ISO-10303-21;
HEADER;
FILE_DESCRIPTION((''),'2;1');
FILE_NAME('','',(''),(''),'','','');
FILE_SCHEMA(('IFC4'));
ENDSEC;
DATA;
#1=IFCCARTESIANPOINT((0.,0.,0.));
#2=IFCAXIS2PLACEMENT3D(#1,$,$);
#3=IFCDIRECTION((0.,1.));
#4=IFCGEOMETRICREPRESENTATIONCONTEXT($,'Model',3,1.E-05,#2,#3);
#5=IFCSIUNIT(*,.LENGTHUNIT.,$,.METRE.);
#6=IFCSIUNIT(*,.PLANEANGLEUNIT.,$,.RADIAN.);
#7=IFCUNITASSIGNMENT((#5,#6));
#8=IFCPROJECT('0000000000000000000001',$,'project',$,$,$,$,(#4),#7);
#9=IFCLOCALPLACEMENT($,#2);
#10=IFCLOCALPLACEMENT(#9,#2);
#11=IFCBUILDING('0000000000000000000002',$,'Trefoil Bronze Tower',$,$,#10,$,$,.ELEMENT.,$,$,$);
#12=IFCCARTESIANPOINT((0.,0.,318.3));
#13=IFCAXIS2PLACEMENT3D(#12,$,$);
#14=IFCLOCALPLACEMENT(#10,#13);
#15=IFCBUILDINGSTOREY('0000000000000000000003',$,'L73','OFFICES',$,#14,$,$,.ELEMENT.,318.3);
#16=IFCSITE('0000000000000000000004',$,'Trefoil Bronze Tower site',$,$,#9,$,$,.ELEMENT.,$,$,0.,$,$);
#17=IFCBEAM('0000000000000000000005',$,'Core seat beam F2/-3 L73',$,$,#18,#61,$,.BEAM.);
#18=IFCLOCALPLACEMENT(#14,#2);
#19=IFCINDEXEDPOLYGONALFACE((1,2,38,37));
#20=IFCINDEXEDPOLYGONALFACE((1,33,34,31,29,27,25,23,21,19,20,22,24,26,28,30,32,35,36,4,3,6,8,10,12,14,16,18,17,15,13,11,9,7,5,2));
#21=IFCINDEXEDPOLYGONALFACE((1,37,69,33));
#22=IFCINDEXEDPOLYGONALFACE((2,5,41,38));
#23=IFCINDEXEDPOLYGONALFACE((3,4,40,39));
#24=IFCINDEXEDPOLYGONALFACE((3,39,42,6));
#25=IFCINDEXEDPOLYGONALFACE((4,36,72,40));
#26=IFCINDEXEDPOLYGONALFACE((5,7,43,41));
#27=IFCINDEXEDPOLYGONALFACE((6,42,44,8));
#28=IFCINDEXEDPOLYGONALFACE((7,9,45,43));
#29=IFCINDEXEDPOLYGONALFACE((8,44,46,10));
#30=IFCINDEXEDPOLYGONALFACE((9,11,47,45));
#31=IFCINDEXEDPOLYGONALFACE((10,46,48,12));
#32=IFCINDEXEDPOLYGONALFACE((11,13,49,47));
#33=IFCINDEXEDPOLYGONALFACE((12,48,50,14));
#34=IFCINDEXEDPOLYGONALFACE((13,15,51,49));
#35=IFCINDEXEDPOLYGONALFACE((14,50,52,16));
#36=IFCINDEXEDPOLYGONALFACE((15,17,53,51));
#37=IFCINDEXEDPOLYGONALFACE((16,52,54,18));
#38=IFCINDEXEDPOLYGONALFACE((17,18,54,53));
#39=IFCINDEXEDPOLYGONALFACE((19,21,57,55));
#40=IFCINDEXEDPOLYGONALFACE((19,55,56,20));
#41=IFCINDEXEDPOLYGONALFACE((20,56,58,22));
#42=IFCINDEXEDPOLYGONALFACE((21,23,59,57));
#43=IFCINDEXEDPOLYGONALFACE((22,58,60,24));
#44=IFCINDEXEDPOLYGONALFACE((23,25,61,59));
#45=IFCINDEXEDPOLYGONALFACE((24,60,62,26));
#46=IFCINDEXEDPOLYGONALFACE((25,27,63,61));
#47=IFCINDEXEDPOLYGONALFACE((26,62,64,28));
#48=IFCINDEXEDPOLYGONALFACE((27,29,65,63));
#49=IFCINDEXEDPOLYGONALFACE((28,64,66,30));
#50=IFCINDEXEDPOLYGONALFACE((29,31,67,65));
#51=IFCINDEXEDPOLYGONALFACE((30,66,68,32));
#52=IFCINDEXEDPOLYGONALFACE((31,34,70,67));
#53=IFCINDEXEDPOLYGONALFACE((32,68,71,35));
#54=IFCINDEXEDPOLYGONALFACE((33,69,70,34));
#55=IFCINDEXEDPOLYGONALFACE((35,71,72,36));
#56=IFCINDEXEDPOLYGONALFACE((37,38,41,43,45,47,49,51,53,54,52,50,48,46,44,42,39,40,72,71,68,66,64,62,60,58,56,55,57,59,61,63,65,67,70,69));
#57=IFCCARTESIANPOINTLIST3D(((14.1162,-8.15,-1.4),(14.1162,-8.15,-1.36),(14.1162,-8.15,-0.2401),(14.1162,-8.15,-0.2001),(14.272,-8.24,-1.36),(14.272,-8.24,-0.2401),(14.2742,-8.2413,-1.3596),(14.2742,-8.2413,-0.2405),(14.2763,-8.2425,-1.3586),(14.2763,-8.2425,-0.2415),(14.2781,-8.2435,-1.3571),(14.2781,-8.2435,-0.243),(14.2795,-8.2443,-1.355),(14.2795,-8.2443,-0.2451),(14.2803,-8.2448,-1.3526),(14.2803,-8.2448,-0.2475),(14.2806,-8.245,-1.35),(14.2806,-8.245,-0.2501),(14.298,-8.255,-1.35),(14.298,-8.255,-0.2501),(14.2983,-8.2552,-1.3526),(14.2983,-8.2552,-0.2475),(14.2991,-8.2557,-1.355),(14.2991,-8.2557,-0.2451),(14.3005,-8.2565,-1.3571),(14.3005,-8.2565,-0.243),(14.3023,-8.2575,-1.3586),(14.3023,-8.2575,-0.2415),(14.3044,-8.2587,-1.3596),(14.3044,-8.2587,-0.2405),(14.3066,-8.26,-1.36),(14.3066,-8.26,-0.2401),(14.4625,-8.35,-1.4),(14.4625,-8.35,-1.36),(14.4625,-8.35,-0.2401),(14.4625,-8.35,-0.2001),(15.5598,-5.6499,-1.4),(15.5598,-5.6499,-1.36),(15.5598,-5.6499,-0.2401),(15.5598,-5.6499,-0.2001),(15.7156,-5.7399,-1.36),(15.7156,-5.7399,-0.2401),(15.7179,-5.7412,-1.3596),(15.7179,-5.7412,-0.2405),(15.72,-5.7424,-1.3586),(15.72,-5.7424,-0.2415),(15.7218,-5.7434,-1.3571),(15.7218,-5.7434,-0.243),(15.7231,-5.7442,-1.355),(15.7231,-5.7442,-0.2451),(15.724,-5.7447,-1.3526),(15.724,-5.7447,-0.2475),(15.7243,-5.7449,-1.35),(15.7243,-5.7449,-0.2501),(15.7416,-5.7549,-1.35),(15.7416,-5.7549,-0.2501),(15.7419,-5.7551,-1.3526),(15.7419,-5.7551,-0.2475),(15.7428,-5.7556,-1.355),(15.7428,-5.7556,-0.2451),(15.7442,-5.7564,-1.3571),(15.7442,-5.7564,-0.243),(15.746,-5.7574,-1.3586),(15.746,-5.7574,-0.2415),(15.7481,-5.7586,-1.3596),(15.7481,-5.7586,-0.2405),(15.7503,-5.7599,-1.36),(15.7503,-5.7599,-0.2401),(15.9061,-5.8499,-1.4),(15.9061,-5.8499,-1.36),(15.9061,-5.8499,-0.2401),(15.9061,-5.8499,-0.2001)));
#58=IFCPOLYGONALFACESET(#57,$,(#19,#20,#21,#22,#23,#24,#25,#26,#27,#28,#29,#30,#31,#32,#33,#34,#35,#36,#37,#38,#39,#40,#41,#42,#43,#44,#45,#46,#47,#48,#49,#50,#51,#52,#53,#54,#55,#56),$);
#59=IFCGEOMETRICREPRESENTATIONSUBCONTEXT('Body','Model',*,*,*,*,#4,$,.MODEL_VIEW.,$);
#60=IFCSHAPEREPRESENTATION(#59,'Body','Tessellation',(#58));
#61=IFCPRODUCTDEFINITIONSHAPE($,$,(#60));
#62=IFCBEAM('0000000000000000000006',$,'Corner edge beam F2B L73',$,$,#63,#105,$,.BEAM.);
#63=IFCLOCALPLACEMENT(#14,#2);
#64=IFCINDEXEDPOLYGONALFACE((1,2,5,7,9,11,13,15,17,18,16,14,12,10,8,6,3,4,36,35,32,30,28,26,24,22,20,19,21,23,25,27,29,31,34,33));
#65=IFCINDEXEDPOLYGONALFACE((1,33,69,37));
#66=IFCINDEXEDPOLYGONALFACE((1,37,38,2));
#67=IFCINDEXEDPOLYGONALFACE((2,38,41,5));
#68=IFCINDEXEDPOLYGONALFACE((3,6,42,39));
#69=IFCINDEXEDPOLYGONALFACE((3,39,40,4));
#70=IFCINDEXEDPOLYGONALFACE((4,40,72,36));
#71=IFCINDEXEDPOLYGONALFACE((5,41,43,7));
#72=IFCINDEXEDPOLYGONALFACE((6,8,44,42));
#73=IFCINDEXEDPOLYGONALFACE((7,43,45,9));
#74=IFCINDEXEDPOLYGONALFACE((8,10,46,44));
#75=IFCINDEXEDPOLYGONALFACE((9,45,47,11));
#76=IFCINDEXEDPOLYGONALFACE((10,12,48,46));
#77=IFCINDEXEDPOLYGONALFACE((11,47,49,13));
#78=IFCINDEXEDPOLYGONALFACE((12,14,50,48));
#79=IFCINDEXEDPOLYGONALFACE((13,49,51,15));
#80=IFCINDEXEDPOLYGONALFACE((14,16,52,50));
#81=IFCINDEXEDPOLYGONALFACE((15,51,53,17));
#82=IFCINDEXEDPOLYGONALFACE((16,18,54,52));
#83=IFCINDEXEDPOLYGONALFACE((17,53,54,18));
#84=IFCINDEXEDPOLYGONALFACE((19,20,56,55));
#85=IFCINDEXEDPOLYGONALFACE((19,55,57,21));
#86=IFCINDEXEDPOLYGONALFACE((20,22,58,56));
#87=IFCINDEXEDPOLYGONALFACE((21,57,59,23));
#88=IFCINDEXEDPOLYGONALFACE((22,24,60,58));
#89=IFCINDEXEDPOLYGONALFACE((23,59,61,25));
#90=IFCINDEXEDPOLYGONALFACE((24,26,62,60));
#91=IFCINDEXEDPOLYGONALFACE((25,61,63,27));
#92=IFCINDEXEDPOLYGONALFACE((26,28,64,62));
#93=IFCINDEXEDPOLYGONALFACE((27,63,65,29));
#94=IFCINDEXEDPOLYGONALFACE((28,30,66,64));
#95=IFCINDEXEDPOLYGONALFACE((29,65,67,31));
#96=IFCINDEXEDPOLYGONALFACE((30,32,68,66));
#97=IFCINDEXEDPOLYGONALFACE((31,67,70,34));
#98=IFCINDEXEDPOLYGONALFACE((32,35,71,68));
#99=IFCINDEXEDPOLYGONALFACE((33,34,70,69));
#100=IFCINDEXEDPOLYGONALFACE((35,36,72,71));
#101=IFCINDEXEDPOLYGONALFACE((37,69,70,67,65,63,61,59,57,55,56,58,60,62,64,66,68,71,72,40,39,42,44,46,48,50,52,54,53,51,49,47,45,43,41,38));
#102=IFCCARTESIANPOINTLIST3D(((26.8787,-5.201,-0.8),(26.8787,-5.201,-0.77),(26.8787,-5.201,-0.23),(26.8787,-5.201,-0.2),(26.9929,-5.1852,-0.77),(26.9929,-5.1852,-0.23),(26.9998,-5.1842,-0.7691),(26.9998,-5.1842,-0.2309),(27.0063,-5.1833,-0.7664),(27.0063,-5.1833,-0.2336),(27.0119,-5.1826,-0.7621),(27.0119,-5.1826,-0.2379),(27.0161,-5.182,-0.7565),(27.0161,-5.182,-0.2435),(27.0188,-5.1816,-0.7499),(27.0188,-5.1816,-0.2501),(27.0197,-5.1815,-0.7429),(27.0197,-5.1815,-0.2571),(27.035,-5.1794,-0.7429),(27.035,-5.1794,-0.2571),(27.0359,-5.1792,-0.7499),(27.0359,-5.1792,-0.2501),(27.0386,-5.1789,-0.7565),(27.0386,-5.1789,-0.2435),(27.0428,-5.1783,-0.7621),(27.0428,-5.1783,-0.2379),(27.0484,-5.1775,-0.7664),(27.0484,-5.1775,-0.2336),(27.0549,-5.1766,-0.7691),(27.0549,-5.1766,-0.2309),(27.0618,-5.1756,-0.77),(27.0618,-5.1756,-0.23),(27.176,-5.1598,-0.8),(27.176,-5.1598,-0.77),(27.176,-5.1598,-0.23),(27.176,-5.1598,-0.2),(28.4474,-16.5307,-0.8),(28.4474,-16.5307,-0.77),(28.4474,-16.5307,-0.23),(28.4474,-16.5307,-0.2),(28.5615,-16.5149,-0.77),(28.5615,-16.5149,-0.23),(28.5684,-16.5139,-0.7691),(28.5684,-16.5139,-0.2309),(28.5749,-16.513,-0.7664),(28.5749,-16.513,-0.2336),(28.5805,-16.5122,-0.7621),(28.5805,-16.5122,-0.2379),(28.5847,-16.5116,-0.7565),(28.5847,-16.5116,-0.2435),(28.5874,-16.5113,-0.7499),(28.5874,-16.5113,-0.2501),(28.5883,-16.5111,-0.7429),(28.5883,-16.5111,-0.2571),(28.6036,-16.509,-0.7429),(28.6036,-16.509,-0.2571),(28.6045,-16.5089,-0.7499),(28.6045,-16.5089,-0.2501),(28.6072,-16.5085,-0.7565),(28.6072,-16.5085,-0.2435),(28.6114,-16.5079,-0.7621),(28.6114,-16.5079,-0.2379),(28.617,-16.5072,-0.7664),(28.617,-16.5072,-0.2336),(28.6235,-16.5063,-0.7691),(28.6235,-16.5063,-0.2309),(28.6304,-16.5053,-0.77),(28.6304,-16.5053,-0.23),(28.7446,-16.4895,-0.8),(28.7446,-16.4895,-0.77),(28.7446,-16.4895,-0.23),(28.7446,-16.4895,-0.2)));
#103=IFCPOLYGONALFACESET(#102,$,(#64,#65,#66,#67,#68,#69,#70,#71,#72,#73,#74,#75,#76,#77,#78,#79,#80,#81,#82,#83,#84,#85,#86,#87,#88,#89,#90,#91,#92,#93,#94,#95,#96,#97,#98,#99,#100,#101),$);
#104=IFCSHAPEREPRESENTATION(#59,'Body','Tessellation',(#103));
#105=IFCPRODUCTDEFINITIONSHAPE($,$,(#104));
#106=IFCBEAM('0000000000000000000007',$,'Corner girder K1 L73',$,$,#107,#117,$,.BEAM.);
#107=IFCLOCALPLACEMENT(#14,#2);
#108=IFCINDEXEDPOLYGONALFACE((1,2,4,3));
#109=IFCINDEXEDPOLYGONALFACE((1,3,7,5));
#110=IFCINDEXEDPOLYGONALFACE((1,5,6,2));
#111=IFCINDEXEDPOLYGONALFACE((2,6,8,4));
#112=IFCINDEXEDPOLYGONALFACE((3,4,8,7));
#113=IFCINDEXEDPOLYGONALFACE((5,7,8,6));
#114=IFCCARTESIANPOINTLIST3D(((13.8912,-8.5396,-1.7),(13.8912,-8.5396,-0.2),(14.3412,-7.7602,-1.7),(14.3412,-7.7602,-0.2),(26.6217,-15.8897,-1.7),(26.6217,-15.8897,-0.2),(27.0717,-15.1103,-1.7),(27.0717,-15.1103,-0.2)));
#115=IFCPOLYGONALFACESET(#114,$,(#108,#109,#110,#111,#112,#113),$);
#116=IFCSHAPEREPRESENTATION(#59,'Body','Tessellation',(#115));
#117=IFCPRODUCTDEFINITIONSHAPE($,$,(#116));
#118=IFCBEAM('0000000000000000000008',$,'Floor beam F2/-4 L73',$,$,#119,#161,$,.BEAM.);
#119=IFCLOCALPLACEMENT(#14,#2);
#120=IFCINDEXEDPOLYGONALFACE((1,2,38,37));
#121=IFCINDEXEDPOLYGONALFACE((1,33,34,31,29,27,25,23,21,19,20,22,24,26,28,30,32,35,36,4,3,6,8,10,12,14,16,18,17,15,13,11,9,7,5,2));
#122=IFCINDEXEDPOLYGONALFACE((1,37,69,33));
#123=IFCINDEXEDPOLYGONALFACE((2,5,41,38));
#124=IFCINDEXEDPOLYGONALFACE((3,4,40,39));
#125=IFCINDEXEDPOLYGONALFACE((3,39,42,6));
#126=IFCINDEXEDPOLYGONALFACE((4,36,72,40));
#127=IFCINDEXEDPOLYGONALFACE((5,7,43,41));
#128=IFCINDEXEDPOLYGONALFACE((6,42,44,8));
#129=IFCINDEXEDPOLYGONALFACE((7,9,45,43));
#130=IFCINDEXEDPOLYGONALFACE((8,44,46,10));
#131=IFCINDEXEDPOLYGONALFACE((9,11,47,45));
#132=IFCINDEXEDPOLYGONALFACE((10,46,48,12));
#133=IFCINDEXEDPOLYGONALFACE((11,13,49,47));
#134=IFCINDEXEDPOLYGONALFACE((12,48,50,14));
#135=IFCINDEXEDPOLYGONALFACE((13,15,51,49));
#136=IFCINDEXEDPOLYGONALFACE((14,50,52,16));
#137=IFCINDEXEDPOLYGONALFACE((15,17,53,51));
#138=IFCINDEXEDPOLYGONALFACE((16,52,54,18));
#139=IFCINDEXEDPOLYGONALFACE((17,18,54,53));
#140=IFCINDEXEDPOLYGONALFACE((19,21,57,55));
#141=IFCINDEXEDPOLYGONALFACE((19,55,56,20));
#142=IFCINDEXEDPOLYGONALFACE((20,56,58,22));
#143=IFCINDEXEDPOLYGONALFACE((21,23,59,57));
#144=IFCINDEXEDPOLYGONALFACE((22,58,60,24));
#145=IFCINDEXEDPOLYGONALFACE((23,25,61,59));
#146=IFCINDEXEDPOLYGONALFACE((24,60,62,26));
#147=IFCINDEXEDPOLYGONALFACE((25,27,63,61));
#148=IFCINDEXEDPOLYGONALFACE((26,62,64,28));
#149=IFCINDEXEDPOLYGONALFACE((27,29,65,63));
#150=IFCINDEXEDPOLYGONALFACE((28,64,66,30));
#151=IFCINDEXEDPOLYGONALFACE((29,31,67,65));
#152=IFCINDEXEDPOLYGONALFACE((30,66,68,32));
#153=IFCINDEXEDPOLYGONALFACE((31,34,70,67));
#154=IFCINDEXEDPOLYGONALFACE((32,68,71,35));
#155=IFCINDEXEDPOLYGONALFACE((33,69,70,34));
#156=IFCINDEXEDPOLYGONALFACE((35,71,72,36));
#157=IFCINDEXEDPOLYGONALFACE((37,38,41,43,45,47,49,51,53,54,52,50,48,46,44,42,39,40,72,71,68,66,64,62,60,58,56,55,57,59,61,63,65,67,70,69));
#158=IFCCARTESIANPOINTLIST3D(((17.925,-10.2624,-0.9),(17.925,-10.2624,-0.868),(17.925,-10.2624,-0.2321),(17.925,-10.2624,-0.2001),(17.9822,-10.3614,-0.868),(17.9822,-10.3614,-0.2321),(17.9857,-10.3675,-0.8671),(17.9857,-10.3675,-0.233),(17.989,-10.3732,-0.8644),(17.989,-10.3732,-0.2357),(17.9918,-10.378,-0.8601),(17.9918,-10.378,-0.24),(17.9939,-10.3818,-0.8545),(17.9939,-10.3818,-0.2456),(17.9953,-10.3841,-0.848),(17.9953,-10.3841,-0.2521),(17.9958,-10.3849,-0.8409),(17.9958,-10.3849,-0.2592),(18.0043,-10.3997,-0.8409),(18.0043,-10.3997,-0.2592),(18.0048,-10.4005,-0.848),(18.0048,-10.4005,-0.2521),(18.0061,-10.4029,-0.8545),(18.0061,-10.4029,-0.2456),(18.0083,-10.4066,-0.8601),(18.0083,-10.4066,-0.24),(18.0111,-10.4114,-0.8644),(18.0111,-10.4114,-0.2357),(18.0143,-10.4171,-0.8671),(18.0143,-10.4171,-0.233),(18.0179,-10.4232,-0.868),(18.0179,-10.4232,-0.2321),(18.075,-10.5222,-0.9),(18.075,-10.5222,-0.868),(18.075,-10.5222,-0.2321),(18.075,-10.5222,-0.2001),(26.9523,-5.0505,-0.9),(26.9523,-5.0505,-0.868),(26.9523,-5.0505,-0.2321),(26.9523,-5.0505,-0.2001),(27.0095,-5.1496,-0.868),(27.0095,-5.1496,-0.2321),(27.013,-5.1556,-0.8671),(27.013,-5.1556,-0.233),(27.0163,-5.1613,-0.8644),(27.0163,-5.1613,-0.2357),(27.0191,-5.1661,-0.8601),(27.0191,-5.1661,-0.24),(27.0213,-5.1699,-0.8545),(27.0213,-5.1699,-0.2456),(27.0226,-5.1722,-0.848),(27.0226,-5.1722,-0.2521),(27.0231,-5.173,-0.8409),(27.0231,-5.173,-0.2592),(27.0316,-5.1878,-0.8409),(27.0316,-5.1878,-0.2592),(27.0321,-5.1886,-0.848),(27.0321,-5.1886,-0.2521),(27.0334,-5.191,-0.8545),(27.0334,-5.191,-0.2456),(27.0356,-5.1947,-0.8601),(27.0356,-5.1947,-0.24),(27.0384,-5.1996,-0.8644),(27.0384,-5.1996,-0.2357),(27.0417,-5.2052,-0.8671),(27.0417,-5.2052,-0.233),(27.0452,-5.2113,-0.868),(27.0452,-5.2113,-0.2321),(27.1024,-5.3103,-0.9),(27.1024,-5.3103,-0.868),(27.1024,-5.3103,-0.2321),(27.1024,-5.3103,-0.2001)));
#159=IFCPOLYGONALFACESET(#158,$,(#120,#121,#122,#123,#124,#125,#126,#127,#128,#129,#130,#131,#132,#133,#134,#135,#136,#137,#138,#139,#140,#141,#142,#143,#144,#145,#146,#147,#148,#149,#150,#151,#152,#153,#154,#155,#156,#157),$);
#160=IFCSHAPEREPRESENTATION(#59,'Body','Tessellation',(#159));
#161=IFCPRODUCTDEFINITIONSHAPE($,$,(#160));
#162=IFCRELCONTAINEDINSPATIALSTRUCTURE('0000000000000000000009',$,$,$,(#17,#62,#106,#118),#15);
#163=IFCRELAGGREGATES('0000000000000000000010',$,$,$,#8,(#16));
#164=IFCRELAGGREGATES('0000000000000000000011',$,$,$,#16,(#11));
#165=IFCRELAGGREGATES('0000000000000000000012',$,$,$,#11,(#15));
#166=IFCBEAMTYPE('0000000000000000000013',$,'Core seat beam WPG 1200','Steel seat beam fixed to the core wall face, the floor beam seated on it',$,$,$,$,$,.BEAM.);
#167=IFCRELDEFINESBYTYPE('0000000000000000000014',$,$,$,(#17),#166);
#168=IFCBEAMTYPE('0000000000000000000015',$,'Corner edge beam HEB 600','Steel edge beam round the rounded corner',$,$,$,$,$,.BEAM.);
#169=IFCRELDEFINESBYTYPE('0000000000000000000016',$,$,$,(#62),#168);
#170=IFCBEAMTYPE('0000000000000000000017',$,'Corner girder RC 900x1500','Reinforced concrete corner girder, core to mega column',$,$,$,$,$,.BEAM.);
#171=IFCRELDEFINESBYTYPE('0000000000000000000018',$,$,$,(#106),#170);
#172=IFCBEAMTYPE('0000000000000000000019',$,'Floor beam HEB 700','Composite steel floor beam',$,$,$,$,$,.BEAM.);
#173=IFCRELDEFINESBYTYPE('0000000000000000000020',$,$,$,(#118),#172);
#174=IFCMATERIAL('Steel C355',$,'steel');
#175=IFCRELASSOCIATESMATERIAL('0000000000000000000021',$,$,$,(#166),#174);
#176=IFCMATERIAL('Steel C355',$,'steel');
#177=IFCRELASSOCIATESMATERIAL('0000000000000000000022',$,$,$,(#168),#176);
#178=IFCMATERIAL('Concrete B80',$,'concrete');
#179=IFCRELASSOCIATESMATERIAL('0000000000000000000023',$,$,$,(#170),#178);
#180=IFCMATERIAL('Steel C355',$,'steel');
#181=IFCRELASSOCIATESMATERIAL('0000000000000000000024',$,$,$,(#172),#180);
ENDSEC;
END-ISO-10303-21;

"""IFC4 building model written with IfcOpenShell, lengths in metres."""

from ifc_helpers import new_model, si_unit, direction, frame, origin, origin_2d, place, context, subcontext, project, spatial, rectangle, i_section, extrude, material, material_profile, profile_set, type_object, element, save


model = new_model("IFC4")

# Units and contexts
model_context = context("Model", 3, precision=1e-05, world=origin(), true_north=direction((0.0, 1.0)))
body_context = subcontext(model_context, "Body", "Model", "MODEL_VIEW")
ifc_project = project(units=[si_unit("LENGTHUNIT", "METRE"), si_unit("PLANEANGLEUNIT", "RADIAN")], contexts=[model_context])

# Site, building, storey
site_placement = place(None, origin())
site = spatial("IfcSite", under=ifc_project, at=site_placement, Name="Trefoil Bronze Tower site", CompositionType="ELEMENT", RefElevation=0.0)
building_placement = place(site_placement, origin())
building = spatial("IfcBuilding", under=site, at=building_placement, Name="Trefoil Bronze Tower", CompositionType="ELEMENT")
storey_placement = place(building_placement, frame((0.0, 0.0, 318.3)))
storey = spatial("IfcBuildingStorey", under=building, at=storey_placement, Name="L73", Description="OFFICES", CompositionType="ELEMENT", Elevation=318.3)

# Beams
ifc_material_1 = material(Name="Steel C355", Category="steel")
ifc_material_profile_1 = material_profile(ifc_material_1, i_section(OverallWidth=0.3999, OverallDepth=1.2, WebThickness=0.02, FlangeThickness=0.04, FilletRadius=0.01, at=origin_2d()), Name="WPG 1200")
ifc_profile_set_1 = profile_set([ifc_material_profile_1], Name="Steel C355")
beam_type_1 = type_object("IfcBeamType", Name="Core seat beam WPG 1200", Description="Steel seat beam fixed to the core wall face, the floor beam seated on it", PredefinedType="BEAM", material=ifc_profile_set_1)
beam_1_placement = place(storey_placement, frame((14.2893, -8.25, -0.8), z_axis=(0.500059, 0.865991, 0.0), x_axis=(-0.865991, 0.500059, 0.0)))
element("IfcBeam", 1, at=beam_1_placement, inside=storey, type_object=beam_type_1, Name="Core seat beam F2/-3 L73", PredefinedType="BEAM", context=body_context, shape_type="SweptSolid", body=[
    extrude(i_section(OverallWidth=0.3999, OverallDepth=1.2, WebThickness=0.02, FlangeThickness=0.04, FilletRadius=0.01, at=origin_2d()), origin(), (0.0, 0.0, 1.0), 2.887),
])
ifc_material_2 = material(Name="Steel C355", Category="steel")
ifc_material_profile_2 = material_profile(ifc_material_2, i_section(OverallWidth=0.3, OverallDepth=0.6001, WebThickness=0.0154, FlangeThickness=0.03, FilletRadius=0.0271, at=origin_2d()), Name="HEB 600")
ifc_profile_set_2 = profile_set([ifc_material_profile_2], Name="Steel C355")
beam_type_2 = type_object("IfcBeamType", Name="Corner edge beam HEB 600", Description="Steel edge beam round the rounded corner", PredefinedType="BEAM", material=ifc_profile_set_2)
beam_2_placement = place(storey_placement, frame((27.0273, -5.1804, -0.5), z_axis=(0.137144, -0.990551, 0.0), x_axis=(0.990551, 0.137144, 0.0)))
element("IfcBeam", 2, at=beam_2_placement, inside=storey, type_object=beam_type_2, Name="Corner edge beam F2B L73", PredefinedType="BEAM", context=body_context, shape_type="SweptSolid", body=[
    extrude(i_section(OverallWidth=0.3, OverallDepth=0.6001, WebThickness=0.0154, FlangeThickness=0.03, FilletRadius=0.0271, at=origin_2d()), origin(), (0.0, 0.0, 1.0), 11.4377),
])
ifc_material_3 = material(Name="Concrete B80", Category="concrete")
ifc_material_profile_3 = material_profile(ifc_material_3, rectangle(XDim=0.8999, YDim=1.5, at=origin_2d()), Name="RC 900x1500")
ifc_profile_set_3 = profile_set([ifc_material_profile_3], Name="Concrete B80")
beam_type_3 = type_object("IfcBeamType", Name="Corner girder RC 900x1500", Description="Reinforced concrete corner girder, core to mega column", PredefinedType="BEAM", material=ifc_profile_set_3)
beam_3_placement = place(storey_placement, frame((14.1162, -8.1499, -0.95), z_axis=(0.866021, -0.500008, 0.0), x_axis=(0.500008, 0.866021, 0.0)))
element("IfcBeam", 3, at=beam_3_placement, inside=storey, type_object=beam_type_3, Name="Corner girder K1 L73", PredefinedType="BEAM", context=body_context, shape_type="SweptSolid", body=[
    extrude(rectangle(XDim=0.8999, YDim=1.5, at=origin_2d()), origin(), (0.0, 0.0, 1.0), 14.7),
])
ifc_material_4 = material(Name="Steel C355", Category="steel")
ifc_material_profile_4 = material_profile(ifc_material_4, i_section(OverallWidth=0.3, OverallDepth=0.7, WebThickness=0.0171, FlangeThickness=0.032, FilletRadius=0.0271, at=origin_2d()), Name="HEB 700")
ifc_profile_set_4 = profile_set([ifc_material_profile_4], Name="Steel C355")
beam_type_4 = type_object("IfcBeamType", Name="Floor beam HEB 700", Description="Composite steel floor beam", PredefinedType="BEAM", material=ifc_profile_set_4)
beam_4_placement = place(storey_placement, frame((27.0273, -5.1804, -0.55), z_axis=(-0.866026, -0.499998, 0.0), x_axis=(0.499998, -0.866026, 0.0)))
element("IfcBeam", 4, at=beam_4_placement, inside=storey, type_object=beam_type_4, Name="Floor beam F2/-4 L73", PredefinedType="BEAM", context=body_context, shape_type="SweptSolid", body=[
    extrude(i_section(OverallWidth=0.3, OverallDepth=0.7, WebThickness=0.0171, FlangeThickness=0.032, FilletRadius=0.0271, at=origin_2d()), origin(), (0.0, 0.0, 1.0), 10.4238),
])

save(model, "model.ifc")
